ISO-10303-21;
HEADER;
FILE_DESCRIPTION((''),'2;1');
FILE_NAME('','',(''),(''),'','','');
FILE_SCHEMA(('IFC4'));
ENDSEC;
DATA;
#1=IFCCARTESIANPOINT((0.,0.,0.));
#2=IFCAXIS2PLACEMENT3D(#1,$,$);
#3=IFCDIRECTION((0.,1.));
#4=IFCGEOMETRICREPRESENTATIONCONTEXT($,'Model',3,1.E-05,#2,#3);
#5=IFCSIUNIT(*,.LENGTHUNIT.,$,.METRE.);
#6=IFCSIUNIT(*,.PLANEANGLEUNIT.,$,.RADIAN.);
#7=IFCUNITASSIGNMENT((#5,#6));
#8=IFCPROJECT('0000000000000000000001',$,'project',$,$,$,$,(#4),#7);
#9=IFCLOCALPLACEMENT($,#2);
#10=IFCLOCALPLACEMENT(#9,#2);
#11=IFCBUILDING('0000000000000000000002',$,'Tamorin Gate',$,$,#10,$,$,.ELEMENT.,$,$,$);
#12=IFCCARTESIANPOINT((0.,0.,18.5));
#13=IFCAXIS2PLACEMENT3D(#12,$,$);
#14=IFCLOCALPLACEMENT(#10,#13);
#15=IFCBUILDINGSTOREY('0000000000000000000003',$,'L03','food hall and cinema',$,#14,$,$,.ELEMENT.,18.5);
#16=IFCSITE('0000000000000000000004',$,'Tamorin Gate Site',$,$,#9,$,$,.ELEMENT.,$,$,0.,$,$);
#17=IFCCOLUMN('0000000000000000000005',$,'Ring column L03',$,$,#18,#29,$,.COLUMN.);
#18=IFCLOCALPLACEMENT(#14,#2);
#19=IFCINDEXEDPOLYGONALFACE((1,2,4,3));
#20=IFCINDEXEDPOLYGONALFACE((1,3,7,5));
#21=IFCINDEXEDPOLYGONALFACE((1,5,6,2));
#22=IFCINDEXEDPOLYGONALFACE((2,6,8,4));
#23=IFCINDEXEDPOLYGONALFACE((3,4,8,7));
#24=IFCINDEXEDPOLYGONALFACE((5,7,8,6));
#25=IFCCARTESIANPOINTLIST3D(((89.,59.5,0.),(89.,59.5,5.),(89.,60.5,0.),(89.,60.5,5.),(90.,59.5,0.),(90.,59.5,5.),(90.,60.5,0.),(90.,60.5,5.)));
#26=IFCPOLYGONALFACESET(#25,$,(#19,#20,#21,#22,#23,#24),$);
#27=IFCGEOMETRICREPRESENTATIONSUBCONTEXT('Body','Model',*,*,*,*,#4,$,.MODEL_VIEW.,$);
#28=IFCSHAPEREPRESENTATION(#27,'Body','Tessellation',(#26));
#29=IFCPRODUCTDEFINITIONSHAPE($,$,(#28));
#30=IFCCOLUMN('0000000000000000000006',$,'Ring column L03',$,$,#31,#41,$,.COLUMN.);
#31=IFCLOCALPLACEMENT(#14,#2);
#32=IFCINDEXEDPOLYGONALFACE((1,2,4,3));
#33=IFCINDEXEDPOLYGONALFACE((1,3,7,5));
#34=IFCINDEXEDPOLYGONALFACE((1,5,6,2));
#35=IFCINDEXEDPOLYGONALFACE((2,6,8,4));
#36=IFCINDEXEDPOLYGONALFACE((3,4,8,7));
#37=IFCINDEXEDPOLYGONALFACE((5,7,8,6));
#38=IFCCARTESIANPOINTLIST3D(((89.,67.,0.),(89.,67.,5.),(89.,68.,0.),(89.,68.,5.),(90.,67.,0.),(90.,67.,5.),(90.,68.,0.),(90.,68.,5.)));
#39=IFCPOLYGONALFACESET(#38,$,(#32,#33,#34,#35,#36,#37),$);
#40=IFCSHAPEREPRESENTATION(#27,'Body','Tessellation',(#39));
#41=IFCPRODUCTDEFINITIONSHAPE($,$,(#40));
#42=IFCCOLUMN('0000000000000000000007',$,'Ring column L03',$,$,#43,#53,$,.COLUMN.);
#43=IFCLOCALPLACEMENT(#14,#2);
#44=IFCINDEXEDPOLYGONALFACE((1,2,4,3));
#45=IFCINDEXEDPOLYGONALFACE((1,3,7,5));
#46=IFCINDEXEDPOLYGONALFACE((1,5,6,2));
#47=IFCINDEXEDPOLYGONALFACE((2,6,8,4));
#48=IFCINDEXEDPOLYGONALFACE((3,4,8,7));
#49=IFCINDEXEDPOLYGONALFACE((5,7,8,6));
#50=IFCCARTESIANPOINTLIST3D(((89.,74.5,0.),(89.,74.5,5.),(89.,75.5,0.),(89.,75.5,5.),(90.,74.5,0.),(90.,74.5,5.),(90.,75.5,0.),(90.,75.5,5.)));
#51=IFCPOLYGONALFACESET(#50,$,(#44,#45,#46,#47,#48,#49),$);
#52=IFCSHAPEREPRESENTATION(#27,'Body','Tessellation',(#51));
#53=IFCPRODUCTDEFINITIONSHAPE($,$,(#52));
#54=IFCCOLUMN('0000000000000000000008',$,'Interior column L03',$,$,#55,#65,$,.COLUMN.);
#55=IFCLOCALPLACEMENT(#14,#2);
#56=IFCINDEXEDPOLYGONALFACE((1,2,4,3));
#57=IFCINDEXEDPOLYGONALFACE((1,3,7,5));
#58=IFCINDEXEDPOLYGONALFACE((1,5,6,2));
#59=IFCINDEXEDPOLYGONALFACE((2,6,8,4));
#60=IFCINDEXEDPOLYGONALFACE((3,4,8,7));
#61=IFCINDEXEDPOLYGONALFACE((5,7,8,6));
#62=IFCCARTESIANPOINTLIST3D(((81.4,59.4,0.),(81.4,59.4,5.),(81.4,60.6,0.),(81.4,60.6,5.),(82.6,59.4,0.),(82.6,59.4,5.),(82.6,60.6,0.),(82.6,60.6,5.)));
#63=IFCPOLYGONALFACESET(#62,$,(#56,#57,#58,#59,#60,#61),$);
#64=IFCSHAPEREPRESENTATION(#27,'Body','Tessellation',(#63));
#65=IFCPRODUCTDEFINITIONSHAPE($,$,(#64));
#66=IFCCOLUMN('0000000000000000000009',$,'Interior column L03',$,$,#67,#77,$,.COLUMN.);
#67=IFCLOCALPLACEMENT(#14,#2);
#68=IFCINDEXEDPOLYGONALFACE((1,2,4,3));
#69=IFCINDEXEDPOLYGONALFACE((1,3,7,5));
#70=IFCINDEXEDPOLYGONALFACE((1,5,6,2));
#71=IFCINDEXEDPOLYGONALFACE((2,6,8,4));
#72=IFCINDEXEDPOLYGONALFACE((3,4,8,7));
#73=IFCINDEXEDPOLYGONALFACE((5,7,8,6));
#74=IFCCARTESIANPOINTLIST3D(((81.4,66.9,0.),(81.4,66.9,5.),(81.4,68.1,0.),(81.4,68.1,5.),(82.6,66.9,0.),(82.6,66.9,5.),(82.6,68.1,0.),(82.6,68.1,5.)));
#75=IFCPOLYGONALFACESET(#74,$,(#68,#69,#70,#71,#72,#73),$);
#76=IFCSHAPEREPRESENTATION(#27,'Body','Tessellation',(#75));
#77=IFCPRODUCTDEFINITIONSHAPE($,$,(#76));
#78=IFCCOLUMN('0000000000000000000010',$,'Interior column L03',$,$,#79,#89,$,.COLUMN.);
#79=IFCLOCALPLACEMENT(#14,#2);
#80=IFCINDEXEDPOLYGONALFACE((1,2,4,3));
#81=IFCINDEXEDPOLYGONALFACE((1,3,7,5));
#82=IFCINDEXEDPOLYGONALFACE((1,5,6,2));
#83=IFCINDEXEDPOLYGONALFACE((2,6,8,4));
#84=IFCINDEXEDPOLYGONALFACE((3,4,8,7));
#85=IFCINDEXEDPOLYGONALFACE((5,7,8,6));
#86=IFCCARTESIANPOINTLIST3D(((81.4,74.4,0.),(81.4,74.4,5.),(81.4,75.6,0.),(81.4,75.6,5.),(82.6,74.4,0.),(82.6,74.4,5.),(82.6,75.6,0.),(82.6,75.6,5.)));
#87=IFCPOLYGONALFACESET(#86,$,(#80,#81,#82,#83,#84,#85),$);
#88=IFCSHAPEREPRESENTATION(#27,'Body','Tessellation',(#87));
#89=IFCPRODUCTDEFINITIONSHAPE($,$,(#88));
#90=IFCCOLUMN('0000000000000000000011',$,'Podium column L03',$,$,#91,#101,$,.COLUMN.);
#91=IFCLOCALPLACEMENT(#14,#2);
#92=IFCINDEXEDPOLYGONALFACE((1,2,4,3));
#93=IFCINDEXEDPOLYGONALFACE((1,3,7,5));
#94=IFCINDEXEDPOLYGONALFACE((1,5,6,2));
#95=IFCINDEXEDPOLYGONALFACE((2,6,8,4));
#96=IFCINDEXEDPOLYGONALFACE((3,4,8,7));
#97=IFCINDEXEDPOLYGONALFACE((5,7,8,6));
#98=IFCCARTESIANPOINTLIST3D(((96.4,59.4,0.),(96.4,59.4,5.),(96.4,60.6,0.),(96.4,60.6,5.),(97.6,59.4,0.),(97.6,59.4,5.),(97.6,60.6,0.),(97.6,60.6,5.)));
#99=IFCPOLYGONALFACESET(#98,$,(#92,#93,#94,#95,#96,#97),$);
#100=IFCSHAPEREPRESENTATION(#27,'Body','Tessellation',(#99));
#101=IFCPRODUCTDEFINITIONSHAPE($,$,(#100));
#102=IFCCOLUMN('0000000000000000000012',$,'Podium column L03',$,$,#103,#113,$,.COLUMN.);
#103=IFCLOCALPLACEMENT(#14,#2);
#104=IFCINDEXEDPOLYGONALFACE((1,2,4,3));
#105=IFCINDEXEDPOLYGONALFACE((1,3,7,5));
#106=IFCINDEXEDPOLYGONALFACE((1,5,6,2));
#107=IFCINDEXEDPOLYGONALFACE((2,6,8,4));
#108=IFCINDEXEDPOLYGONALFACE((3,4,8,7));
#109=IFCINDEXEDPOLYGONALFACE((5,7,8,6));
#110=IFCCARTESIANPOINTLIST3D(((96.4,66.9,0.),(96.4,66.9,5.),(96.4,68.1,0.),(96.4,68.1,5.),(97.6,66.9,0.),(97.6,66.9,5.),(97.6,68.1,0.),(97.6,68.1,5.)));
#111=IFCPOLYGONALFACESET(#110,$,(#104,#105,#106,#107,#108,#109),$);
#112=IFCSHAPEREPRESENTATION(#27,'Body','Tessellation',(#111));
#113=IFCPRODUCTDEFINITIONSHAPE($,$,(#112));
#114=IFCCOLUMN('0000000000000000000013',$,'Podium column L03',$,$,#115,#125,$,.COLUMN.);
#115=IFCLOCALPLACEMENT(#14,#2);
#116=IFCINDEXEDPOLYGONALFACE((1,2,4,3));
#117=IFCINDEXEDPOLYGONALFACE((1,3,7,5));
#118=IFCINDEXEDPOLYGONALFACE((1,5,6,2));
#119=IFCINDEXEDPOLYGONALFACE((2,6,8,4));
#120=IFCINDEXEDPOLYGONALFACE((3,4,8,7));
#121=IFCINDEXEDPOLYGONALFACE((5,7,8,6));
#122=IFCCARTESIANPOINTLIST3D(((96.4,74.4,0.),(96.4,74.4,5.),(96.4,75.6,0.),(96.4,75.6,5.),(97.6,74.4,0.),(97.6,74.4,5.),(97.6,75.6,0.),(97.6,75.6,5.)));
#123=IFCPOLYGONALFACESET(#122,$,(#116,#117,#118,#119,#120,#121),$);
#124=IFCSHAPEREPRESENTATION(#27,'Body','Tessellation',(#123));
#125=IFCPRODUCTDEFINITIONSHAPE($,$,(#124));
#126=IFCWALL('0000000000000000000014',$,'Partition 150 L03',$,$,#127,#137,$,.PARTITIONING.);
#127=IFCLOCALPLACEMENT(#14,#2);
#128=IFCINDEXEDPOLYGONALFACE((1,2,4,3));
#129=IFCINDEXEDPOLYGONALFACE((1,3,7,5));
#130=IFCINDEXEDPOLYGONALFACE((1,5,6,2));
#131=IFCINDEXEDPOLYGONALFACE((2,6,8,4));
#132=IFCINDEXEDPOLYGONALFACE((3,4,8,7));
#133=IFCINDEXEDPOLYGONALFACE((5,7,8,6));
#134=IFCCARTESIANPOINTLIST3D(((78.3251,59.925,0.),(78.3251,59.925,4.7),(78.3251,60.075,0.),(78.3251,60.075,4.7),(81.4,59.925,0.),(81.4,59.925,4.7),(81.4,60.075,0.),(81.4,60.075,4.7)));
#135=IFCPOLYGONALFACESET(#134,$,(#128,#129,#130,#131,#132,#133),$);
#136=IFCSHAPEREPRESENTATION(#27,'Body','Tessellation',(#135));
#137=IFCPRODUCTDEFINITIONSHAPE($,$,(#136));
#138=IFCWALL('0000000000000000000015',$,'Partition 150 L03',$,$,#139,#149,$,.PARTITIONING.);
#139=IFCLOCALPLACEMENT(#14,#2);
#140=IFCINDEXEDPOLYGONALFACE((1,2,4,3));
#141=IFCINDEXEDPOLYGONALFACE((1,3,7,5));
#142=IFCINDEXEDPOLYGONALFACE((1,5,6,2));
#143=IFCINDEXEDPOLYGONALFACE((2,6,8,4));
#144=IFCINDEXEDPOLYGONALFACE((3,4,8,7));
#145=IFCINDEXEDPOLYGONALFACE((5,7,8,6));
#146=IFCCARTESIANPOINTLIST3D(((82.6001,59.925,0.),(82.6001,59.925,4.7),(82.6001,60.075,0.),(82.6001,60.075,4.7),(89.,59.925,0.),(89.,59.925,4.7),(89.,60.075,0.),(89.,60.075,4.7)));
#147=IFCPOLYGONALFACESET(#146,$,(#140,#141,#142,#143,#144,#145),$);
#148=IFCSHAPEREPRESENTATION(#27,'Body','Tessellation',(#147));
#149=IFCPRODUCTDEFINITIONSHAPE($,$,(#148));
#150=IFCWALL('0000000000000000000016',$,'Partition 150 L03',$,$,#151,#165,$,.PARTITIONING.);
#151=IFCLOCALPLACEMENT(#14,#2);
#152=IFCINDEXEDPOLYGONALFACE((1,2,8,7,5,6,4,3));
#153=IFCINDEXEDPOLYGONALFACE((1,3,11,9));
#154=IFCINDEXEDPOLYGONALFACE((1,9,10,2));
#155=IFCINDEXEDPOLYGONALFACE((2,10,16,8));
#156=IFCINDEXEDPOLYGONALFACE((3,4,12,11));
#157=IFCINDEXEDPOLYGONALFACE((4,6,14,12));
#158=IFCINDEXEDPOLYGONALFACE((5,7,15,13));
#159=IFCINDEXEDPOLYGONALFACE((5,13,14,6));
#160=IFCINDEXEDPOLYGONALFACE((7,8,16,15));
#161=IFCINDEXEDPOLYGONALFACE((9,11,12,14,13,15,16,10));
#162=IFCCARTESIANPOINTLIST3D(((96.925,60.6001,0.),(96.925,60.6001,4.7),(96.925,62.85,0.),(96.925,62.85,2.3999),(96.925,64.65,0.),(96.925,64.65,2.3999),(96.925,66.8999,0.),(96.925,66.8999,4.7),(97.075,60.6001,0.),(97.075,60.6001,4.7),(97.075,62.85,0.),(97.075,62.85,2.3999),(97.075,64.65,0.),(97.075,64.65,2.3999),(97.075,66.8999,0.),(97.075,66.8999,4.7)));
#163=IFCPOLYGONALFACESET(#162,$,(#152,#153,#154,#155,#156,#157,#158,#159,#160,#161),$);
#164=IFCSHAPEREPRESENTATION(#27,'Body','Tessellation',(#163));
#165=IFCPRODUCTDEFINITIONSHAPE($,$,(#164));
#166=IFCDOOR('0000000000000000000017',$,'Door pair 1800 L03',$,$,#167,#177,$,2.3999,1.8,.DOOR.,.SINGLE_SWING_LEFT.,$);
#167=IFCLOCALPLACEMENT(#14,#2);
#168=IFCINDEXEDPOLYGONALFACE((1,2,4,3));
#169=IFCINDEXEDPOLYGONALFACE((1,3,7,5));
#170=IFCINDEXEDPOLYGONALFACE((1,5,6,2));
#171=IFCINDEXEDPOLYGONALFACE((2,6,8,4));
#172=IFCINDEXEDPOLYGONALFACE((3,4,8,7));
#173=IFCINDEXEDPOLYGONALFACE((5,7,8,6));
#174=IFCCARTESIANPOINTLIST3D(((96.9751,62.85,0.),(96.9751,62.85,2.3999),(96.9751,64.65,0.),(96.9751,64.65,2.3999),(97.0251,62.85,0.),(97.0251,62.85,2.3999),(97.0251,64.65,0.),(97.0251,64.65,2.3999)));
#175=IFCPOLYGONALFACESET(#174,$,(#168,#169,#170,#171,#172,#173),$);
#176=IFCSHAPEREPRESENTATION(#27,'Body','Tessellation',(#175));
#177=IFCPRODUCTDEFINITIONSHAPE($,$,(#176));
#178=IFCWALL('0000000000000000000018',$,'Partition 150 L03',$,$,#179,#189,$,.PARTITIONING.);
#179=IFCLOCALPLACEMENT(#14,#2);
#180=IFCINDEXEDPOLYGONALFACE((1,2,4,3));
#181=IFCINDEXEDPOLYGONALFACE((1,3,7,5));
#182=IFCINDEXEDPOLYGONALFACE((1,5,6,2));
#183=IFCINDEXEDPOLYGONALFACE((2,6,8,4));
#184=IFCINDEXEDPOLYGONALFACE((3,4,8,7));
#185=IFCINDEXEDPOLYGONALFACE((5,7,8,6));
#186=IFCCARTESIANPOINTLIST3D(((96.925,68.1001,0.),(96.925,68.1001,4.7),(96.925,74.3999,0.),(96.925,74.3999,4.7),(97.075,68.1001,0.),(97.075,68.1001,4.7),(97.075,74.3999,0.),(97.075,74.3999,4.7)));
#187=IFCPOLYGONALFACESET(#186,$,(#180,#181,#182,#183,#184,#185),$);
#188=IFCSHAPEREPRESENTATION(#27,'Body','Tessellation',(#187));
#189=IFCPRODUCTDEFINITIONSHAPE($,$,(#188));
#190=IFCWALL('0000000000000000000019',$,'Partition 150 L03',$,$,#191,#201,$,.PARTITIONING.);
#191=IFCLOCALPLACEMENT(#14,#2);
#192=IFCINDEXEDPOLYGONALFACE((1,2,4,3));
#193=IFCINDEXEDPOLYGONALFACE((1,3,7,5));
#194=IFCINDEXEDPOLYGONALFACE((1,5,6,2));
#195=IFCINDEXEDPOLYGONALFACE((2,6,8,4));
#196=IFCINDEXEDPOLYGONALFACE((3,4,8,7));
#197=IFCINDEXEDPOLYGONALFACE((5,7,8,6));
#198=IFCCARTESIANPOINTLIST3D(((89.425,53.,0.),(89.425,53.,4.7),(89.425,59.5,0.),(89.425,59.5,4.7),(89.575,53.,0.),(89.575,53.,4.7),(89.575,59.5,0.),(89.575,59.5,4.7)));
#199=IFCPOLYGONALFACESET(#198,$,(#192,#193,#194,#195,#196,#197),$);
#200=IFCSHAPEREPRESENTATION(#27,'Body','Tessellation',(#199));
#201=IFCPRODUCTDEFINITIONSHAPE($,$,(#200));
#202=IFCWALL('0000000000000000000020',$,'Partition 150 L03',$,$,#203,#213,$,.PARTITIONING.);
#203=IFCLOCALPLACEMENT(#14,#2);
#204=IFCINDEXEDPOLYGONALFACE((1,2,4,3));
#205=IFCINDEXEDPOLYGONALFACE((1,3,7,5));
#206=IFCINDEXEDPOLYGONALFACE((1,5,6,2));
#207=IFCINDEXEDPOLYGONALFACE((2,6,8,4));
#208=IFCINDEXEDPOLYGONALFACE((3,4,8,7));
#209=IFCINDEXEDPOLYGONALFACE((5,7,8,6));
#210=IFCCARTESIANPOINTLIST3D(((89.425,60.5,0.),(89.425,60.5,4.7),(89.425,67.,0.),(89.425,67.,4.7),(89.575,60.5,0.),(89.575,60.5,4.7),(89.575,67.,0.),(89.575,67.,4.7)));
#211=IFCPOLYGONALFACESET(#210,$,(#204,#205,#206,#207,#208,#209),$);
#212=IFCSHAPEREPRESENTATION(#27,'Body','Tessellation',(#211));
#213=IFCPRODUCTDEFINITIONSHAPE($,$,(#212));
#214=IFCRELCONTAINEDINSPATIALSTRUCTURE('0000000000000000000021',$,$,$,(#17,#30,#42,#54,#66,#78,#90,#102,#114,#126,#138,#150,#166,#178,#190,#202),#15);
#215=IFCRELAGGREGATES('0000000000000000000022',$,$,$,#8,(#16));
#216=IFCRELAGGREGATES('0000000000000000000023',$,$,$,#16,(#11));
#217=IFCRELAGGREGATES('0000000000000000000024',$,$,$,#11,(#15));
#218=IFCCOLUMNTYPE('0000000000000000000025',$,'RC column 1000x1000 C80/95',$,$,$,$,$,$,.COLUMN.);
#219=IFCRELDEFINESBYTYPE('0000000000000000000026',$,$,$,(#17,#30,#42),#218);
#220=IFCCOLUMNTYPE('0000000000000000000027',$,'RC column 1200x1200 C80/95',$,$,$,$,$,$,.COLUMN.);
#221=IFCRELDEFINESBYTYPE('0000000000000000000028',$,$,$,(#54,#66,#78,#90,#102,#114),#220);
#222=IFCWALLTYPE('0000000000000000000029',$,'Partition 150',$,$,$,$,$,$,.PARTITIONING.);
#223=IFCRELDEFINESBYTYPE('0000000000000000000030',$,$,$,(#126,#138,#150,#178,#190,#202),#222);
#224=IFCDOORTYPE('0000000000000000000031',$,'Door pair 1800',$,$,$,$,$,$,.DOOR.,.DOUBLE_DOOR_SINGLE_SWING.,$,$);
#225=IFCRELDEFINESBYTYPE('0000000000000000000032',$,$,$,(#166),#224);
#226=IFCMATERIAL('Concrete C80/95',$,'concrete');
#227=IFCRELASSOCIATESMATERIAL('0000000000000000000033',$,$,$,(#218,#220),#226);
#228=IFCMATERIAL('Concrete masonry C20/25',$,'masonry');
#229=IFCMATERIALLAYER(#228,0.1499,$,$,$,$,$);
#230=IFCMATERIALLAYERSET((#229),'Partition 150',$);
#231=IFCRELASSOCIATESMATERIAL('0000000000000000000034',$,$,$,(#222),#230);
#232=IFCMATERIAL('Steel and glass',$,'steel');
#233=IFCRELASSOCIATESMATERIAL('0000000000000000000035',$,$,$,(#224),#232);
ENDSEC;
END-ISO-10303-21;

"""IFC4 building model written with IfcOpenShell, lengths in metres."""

from ifc_helpers import new_model, si_unit, direction, frame, frame_2d, origin, origin_2d, place, context, subcontext, project, spatial, rectangle, extrude, material, layer, layer_set, material_profile, profile_set, type_object, element, fill, save


model = new_model("IFC4")

# Units and contexts
model_context = context("Model", 3, precision=1e-05, world=origin(), true_north=direction((0.0, 1.0)))
body_context = subcontext(model_context, "Body", "Model", "MODEL_VIEW")
ifc_project = project(units=[si_unit("LENGTHUNIT", "METRE"), si_unit("PLANEANGLEUNIT", "RADIAN")], contexts=[model_context])

# Site, building, storey
site_placement = place(None, origin())
site = spatial("IfcSite", under=ifc_project, at=site_placement, Name="Tamorin Gate Site", CompositionType="ELEMENT", RefElevation=0.0)
building_placement = place(site_placement, origin())
building = spatial("IfcBuilding", under=site, at=building_placement, Name="Tamorin Gate", CompositionType="ELEMENT")
storey_placement = place(building_placement, frame((0.0, 0.0, 18.5)))
storey = spatial("IfcBuildingStorey", under=building, at=storey_placement, Name="L03", Description="food hall and cinema", CompositionType="ELEMENT", Elevation=18.5)

# Columns
ifc_material_1 = material(Name="Concrete C80/95", Category="concrete")
ifc_material_profile_1 = material_profile(ifc_material_1, rectangle(XDim=1.0, YDim=1.0, at=origin_2d()), Name="RC 1000x1000")
ifc_profile_set_1 = profile_set([ifc_material_profile_1], Name="Concrete C80/95")
column_type_1 = type_object("IfcColumnType", Name="RC column 1000x1000 C80/95", PredefinedType="COLUMN", material=ifc_profile_set_1)
for number, where, z_axis, x_axis, name in (
    (1, (89.5, 60.0, 0.0), (0.0, 0.0, 1.0), (1.0, 0.0, 0.0), "Ring column L03"),
    (2, (89.5, 67.5, 0.0), (0.0, 0.0, 1.0), (1.0, 0.0, 0.0), "Ring column L03"),
    (3, (89.5, 75.0, 0.0), (0.0, 0.0, 1.0), (1.0, 0.0, 0.0), "Ring column L03"),
):
    element("IfcColumn", number, at=place(storey_placement, frame(where, z_axis=z_axis, x_axis=x_axis)), inside=storey, type_object=column_type_1, Name=name, PredefinedType="COLUMN", context=body_context, shape_type="SweptSolid", body=[
        extrude(rectangle(XDim=1.0, YDim=1.0, at=origin_2d()), origin(), (0.0, 0.0, 1.0), 5.0),
    ])
ifc_material_profile_2 = material_profile(ifc_material_1, rectangle(XDim=1.2, YDim=1.2, at=origin_2d()), Name="RC 1200x1200")
ifc_profile_set_2 = profile_set([ifc_material_profile_2], Name="Concrete C80/95")
column_type_2 = type_object("IfcColumnType", Name="RC column 1200x1200 C80/95", PredefinedType="COLUMN", material=ifc_profile_set_2)
for number, where, z_axis, x_axis, name in (
    (4, (82.0, 60.0, 0.0), (0.0, 0.0, 1.0), (1.0, 0.0, 0.0), "Interior column L03"),
    (5, (82.0, 67.5, 0.0), (0.0, 0.0, 1.0), (1.0, 0.0, 0.0), "Interior column L03"),
    (6, (82.0, 75.0, 0.0), (0.0, 0.0, 1.0), (1.0, 0.0, 0.0), "Interior column L03"),
    (7, (97.0, 60.0, 0.0), (0.0, 0.0, 1.0), (1.0, 0.0, 0.0), "Podium column L03"),
    (8, (97.0, 67.5, 0.0), (0.0, 0.0, 1.0), (1.0, 0.0, 0.0), "Podium column L03"),
    (9, (97.0, 75.0, 0.0), (0.0, 0.0, 1.0), (1.0, 0.0, 0.0), "Podium column L03"),
):
    element("IfcColumn", number, at=place(storey_placement, frame(where, z_axis=z_axis, x_axis=x_axis)), inside=storey, type_object=column_type_2, Name=name, PredefinedType="COLUMN", context=body_context, shape_type="SweptSolid", body=[
        extrude(rectangle(XDim=1.2, YDim=1.2, at=origin_2d()), origin(), (0.0, 0.0, 1.0), 5.0),
    ])

# Walls
ifc_material_2 = material(Name="Concrete masonry C20/25", Category="masonry")
ifc_layer_1 = layer(ifc_material_2, 0.1499)
ifc_layer_set_1 = layer_set([ifc_layer_1], Name="Partition 150")
wall_type_1 = type_object("IfcWallType", Name="Partition 150", PredefinedType="PARTITIONING", material=ifc_layer_set_1)
wall_1_placement = place(storey_placement, frame((78.325, 60.0, 0.0), z_axis=(0.0, 0.0, 1.0), x_axis=(1.0, 0.0, 0.0)))
element("IfcWall", 10, at=wall_1_placement, inside=storey, type_object=wall_type_1, Name="Partition 150 L03", PredefinedType="PARTITIONING", context=body_context, shape_type="SweptSolid", body=[
    extrude(rectangle(XDim=3.075, YDim=0.1499, at=frame_2d((1.5376, 0.0))), origin(), (0.0, 0.0, 1.0), 4.7),
])
wall_2_placement = place(storey_placement, frame((82.6001, 60.0, 0.0), z_axis=(0.0, 0.0, 1.0), x_axis=(1.0, 0.0, 0.0)))
element("IfcWall", 11, at=wall_2_placement, inside=storey, type_object=wall_type_1, Name="Partition 150 L03", PredefinedType="PARTITIONING", context=body_context, shape_type="SweptSolid", body=[
    extrude(rectangle(XDim=6.3999, YDim=0.1499, at=frame_2d((3.2, 0.0))), origin(), (0.0, 0.0, 1.0), 4.7),
])

# Wall, opening, door
wall_3_placement = place(storey_placement, frame((97.0, 60.6001, 0.0), z_axis=(0.0, 0.0, 1.0), x_axis=(0.0, 1.0, 0.0)))
wall_3 = element("IfcWall", 12, at=wall_3_placement, inside=storey, type_object=wall_type_1, Name="Partition 150 L03", PredefinedType="PARTITIONING", context=body_context, shape_type="SweptSolid", body=[
    extrude(rectangle(XDim=6.2998, YDim=0.1499, at=frame_2d((3.1499, 0.0))), origin(), (0.0, 0.0, 1.0), 4.7),
])
opening_1_placement = place(wall_3_placement, frame((2.25, 0.0, 0.0)))
opening_1 = element("IfcOpeningElement", 13, at=opening_1_placement, cuts=wall_3, PredefinedType="OPENING", context=body_context, shape_type="SweptSolid", body=[
    extrude(rectangle(XDim=1.8, YDim=2.3999, at=frame_2d((0.8999, 1.2))), frame((0.0, 0.085, 0.0), z_axis=(0.0, -1.0, 0.0), x_axis=(1.0, 0.0, 0.0)), (0.0, 0.0, 1.0), 0.1699),
])
ifc_material_3 = material(Name="Steel and glass", Category="steel")
door_type_1 = type_object("IfcDoorType", Name="Door pair 1800", OperationType="DOUBLE_DOOR_SINGLE_SWING", PredefinedType="DOOR", material=ifc_material_3)
door_1_placement = place(opening_1_placement, origin())
door_1 = element("IfcDoor", 14, at=door_1_placement, inside=storey, type_object=door_type_1, Name="Door pair 1800 L03", OperationType="SINGLE_SWING_LEFT", OverallHeight=2.3999, OverallWidth=1.8, PredefinedType="DOOR", context=body_context, shape_type="SweptSolid", body=[
    extrude(rectangle(XDim=1.8, YDim=2.3999, at=frame_2d((0.8999, 1.2))), frame((0.0, 0.0249, 0.0), z_axis=(0.0, -1.0, 0.0), x_axis=(1.0, 0.0, 0.0)), (0.0, 0.0, 1.0), 0.05),
])
fill(opening_1, door_1)

# Walls
wall_4_placement = place(storey_placement, frame((97.0, 68.1001, 0.0), z_axis=(0.0, 0.0, 1.0), x_axis=(0.0, 1.0, 0.0)))
element("IfcWall", 15, at=wall_4_placement, inside=storey, type_object=wall_type_1, Name="Partition 150 L03", PredefinedType="PARTITIONING", context=body_context, shape_type="SweptSolid", body=[
    extrude(rectangle(XDim=6.2998, YDim=0.1499, at=frame_2d((3.1499, 0.0))), origin(), (0.0, 0.0, 1.0), 4.7),
])
for number, where, z_axis, x_axis, name in (
    (16, (89.5, 53.0, 0.0), (0.0, 0.0, 1.0), (0.0, 1.0, 0.0), "Partition 150 L03"),
    (17, (89.5, 60.5, 0.0), (0.0, 0.0, 1.0), (0.0, 1.0, 0.0), "Partition 150 L03"),
):
    element("IfcWall", number, at=place(storey_placement, frame(where, z_axis=z_axis, x_axis=x_axis)), inside=storey, type_object=wall_type_1, Name=name, PredefinedType="PARTITIONING", context=body_context, shape_type="SweptSolid", body=[
        extrude(rectangle(XDim=6.5, YDim=0.1499, at=frame_2d((3.25, 0.0))), origin(), (0.0, 0.0, 1.0), 4.7),
    ])

save(model, "model.ifc")
